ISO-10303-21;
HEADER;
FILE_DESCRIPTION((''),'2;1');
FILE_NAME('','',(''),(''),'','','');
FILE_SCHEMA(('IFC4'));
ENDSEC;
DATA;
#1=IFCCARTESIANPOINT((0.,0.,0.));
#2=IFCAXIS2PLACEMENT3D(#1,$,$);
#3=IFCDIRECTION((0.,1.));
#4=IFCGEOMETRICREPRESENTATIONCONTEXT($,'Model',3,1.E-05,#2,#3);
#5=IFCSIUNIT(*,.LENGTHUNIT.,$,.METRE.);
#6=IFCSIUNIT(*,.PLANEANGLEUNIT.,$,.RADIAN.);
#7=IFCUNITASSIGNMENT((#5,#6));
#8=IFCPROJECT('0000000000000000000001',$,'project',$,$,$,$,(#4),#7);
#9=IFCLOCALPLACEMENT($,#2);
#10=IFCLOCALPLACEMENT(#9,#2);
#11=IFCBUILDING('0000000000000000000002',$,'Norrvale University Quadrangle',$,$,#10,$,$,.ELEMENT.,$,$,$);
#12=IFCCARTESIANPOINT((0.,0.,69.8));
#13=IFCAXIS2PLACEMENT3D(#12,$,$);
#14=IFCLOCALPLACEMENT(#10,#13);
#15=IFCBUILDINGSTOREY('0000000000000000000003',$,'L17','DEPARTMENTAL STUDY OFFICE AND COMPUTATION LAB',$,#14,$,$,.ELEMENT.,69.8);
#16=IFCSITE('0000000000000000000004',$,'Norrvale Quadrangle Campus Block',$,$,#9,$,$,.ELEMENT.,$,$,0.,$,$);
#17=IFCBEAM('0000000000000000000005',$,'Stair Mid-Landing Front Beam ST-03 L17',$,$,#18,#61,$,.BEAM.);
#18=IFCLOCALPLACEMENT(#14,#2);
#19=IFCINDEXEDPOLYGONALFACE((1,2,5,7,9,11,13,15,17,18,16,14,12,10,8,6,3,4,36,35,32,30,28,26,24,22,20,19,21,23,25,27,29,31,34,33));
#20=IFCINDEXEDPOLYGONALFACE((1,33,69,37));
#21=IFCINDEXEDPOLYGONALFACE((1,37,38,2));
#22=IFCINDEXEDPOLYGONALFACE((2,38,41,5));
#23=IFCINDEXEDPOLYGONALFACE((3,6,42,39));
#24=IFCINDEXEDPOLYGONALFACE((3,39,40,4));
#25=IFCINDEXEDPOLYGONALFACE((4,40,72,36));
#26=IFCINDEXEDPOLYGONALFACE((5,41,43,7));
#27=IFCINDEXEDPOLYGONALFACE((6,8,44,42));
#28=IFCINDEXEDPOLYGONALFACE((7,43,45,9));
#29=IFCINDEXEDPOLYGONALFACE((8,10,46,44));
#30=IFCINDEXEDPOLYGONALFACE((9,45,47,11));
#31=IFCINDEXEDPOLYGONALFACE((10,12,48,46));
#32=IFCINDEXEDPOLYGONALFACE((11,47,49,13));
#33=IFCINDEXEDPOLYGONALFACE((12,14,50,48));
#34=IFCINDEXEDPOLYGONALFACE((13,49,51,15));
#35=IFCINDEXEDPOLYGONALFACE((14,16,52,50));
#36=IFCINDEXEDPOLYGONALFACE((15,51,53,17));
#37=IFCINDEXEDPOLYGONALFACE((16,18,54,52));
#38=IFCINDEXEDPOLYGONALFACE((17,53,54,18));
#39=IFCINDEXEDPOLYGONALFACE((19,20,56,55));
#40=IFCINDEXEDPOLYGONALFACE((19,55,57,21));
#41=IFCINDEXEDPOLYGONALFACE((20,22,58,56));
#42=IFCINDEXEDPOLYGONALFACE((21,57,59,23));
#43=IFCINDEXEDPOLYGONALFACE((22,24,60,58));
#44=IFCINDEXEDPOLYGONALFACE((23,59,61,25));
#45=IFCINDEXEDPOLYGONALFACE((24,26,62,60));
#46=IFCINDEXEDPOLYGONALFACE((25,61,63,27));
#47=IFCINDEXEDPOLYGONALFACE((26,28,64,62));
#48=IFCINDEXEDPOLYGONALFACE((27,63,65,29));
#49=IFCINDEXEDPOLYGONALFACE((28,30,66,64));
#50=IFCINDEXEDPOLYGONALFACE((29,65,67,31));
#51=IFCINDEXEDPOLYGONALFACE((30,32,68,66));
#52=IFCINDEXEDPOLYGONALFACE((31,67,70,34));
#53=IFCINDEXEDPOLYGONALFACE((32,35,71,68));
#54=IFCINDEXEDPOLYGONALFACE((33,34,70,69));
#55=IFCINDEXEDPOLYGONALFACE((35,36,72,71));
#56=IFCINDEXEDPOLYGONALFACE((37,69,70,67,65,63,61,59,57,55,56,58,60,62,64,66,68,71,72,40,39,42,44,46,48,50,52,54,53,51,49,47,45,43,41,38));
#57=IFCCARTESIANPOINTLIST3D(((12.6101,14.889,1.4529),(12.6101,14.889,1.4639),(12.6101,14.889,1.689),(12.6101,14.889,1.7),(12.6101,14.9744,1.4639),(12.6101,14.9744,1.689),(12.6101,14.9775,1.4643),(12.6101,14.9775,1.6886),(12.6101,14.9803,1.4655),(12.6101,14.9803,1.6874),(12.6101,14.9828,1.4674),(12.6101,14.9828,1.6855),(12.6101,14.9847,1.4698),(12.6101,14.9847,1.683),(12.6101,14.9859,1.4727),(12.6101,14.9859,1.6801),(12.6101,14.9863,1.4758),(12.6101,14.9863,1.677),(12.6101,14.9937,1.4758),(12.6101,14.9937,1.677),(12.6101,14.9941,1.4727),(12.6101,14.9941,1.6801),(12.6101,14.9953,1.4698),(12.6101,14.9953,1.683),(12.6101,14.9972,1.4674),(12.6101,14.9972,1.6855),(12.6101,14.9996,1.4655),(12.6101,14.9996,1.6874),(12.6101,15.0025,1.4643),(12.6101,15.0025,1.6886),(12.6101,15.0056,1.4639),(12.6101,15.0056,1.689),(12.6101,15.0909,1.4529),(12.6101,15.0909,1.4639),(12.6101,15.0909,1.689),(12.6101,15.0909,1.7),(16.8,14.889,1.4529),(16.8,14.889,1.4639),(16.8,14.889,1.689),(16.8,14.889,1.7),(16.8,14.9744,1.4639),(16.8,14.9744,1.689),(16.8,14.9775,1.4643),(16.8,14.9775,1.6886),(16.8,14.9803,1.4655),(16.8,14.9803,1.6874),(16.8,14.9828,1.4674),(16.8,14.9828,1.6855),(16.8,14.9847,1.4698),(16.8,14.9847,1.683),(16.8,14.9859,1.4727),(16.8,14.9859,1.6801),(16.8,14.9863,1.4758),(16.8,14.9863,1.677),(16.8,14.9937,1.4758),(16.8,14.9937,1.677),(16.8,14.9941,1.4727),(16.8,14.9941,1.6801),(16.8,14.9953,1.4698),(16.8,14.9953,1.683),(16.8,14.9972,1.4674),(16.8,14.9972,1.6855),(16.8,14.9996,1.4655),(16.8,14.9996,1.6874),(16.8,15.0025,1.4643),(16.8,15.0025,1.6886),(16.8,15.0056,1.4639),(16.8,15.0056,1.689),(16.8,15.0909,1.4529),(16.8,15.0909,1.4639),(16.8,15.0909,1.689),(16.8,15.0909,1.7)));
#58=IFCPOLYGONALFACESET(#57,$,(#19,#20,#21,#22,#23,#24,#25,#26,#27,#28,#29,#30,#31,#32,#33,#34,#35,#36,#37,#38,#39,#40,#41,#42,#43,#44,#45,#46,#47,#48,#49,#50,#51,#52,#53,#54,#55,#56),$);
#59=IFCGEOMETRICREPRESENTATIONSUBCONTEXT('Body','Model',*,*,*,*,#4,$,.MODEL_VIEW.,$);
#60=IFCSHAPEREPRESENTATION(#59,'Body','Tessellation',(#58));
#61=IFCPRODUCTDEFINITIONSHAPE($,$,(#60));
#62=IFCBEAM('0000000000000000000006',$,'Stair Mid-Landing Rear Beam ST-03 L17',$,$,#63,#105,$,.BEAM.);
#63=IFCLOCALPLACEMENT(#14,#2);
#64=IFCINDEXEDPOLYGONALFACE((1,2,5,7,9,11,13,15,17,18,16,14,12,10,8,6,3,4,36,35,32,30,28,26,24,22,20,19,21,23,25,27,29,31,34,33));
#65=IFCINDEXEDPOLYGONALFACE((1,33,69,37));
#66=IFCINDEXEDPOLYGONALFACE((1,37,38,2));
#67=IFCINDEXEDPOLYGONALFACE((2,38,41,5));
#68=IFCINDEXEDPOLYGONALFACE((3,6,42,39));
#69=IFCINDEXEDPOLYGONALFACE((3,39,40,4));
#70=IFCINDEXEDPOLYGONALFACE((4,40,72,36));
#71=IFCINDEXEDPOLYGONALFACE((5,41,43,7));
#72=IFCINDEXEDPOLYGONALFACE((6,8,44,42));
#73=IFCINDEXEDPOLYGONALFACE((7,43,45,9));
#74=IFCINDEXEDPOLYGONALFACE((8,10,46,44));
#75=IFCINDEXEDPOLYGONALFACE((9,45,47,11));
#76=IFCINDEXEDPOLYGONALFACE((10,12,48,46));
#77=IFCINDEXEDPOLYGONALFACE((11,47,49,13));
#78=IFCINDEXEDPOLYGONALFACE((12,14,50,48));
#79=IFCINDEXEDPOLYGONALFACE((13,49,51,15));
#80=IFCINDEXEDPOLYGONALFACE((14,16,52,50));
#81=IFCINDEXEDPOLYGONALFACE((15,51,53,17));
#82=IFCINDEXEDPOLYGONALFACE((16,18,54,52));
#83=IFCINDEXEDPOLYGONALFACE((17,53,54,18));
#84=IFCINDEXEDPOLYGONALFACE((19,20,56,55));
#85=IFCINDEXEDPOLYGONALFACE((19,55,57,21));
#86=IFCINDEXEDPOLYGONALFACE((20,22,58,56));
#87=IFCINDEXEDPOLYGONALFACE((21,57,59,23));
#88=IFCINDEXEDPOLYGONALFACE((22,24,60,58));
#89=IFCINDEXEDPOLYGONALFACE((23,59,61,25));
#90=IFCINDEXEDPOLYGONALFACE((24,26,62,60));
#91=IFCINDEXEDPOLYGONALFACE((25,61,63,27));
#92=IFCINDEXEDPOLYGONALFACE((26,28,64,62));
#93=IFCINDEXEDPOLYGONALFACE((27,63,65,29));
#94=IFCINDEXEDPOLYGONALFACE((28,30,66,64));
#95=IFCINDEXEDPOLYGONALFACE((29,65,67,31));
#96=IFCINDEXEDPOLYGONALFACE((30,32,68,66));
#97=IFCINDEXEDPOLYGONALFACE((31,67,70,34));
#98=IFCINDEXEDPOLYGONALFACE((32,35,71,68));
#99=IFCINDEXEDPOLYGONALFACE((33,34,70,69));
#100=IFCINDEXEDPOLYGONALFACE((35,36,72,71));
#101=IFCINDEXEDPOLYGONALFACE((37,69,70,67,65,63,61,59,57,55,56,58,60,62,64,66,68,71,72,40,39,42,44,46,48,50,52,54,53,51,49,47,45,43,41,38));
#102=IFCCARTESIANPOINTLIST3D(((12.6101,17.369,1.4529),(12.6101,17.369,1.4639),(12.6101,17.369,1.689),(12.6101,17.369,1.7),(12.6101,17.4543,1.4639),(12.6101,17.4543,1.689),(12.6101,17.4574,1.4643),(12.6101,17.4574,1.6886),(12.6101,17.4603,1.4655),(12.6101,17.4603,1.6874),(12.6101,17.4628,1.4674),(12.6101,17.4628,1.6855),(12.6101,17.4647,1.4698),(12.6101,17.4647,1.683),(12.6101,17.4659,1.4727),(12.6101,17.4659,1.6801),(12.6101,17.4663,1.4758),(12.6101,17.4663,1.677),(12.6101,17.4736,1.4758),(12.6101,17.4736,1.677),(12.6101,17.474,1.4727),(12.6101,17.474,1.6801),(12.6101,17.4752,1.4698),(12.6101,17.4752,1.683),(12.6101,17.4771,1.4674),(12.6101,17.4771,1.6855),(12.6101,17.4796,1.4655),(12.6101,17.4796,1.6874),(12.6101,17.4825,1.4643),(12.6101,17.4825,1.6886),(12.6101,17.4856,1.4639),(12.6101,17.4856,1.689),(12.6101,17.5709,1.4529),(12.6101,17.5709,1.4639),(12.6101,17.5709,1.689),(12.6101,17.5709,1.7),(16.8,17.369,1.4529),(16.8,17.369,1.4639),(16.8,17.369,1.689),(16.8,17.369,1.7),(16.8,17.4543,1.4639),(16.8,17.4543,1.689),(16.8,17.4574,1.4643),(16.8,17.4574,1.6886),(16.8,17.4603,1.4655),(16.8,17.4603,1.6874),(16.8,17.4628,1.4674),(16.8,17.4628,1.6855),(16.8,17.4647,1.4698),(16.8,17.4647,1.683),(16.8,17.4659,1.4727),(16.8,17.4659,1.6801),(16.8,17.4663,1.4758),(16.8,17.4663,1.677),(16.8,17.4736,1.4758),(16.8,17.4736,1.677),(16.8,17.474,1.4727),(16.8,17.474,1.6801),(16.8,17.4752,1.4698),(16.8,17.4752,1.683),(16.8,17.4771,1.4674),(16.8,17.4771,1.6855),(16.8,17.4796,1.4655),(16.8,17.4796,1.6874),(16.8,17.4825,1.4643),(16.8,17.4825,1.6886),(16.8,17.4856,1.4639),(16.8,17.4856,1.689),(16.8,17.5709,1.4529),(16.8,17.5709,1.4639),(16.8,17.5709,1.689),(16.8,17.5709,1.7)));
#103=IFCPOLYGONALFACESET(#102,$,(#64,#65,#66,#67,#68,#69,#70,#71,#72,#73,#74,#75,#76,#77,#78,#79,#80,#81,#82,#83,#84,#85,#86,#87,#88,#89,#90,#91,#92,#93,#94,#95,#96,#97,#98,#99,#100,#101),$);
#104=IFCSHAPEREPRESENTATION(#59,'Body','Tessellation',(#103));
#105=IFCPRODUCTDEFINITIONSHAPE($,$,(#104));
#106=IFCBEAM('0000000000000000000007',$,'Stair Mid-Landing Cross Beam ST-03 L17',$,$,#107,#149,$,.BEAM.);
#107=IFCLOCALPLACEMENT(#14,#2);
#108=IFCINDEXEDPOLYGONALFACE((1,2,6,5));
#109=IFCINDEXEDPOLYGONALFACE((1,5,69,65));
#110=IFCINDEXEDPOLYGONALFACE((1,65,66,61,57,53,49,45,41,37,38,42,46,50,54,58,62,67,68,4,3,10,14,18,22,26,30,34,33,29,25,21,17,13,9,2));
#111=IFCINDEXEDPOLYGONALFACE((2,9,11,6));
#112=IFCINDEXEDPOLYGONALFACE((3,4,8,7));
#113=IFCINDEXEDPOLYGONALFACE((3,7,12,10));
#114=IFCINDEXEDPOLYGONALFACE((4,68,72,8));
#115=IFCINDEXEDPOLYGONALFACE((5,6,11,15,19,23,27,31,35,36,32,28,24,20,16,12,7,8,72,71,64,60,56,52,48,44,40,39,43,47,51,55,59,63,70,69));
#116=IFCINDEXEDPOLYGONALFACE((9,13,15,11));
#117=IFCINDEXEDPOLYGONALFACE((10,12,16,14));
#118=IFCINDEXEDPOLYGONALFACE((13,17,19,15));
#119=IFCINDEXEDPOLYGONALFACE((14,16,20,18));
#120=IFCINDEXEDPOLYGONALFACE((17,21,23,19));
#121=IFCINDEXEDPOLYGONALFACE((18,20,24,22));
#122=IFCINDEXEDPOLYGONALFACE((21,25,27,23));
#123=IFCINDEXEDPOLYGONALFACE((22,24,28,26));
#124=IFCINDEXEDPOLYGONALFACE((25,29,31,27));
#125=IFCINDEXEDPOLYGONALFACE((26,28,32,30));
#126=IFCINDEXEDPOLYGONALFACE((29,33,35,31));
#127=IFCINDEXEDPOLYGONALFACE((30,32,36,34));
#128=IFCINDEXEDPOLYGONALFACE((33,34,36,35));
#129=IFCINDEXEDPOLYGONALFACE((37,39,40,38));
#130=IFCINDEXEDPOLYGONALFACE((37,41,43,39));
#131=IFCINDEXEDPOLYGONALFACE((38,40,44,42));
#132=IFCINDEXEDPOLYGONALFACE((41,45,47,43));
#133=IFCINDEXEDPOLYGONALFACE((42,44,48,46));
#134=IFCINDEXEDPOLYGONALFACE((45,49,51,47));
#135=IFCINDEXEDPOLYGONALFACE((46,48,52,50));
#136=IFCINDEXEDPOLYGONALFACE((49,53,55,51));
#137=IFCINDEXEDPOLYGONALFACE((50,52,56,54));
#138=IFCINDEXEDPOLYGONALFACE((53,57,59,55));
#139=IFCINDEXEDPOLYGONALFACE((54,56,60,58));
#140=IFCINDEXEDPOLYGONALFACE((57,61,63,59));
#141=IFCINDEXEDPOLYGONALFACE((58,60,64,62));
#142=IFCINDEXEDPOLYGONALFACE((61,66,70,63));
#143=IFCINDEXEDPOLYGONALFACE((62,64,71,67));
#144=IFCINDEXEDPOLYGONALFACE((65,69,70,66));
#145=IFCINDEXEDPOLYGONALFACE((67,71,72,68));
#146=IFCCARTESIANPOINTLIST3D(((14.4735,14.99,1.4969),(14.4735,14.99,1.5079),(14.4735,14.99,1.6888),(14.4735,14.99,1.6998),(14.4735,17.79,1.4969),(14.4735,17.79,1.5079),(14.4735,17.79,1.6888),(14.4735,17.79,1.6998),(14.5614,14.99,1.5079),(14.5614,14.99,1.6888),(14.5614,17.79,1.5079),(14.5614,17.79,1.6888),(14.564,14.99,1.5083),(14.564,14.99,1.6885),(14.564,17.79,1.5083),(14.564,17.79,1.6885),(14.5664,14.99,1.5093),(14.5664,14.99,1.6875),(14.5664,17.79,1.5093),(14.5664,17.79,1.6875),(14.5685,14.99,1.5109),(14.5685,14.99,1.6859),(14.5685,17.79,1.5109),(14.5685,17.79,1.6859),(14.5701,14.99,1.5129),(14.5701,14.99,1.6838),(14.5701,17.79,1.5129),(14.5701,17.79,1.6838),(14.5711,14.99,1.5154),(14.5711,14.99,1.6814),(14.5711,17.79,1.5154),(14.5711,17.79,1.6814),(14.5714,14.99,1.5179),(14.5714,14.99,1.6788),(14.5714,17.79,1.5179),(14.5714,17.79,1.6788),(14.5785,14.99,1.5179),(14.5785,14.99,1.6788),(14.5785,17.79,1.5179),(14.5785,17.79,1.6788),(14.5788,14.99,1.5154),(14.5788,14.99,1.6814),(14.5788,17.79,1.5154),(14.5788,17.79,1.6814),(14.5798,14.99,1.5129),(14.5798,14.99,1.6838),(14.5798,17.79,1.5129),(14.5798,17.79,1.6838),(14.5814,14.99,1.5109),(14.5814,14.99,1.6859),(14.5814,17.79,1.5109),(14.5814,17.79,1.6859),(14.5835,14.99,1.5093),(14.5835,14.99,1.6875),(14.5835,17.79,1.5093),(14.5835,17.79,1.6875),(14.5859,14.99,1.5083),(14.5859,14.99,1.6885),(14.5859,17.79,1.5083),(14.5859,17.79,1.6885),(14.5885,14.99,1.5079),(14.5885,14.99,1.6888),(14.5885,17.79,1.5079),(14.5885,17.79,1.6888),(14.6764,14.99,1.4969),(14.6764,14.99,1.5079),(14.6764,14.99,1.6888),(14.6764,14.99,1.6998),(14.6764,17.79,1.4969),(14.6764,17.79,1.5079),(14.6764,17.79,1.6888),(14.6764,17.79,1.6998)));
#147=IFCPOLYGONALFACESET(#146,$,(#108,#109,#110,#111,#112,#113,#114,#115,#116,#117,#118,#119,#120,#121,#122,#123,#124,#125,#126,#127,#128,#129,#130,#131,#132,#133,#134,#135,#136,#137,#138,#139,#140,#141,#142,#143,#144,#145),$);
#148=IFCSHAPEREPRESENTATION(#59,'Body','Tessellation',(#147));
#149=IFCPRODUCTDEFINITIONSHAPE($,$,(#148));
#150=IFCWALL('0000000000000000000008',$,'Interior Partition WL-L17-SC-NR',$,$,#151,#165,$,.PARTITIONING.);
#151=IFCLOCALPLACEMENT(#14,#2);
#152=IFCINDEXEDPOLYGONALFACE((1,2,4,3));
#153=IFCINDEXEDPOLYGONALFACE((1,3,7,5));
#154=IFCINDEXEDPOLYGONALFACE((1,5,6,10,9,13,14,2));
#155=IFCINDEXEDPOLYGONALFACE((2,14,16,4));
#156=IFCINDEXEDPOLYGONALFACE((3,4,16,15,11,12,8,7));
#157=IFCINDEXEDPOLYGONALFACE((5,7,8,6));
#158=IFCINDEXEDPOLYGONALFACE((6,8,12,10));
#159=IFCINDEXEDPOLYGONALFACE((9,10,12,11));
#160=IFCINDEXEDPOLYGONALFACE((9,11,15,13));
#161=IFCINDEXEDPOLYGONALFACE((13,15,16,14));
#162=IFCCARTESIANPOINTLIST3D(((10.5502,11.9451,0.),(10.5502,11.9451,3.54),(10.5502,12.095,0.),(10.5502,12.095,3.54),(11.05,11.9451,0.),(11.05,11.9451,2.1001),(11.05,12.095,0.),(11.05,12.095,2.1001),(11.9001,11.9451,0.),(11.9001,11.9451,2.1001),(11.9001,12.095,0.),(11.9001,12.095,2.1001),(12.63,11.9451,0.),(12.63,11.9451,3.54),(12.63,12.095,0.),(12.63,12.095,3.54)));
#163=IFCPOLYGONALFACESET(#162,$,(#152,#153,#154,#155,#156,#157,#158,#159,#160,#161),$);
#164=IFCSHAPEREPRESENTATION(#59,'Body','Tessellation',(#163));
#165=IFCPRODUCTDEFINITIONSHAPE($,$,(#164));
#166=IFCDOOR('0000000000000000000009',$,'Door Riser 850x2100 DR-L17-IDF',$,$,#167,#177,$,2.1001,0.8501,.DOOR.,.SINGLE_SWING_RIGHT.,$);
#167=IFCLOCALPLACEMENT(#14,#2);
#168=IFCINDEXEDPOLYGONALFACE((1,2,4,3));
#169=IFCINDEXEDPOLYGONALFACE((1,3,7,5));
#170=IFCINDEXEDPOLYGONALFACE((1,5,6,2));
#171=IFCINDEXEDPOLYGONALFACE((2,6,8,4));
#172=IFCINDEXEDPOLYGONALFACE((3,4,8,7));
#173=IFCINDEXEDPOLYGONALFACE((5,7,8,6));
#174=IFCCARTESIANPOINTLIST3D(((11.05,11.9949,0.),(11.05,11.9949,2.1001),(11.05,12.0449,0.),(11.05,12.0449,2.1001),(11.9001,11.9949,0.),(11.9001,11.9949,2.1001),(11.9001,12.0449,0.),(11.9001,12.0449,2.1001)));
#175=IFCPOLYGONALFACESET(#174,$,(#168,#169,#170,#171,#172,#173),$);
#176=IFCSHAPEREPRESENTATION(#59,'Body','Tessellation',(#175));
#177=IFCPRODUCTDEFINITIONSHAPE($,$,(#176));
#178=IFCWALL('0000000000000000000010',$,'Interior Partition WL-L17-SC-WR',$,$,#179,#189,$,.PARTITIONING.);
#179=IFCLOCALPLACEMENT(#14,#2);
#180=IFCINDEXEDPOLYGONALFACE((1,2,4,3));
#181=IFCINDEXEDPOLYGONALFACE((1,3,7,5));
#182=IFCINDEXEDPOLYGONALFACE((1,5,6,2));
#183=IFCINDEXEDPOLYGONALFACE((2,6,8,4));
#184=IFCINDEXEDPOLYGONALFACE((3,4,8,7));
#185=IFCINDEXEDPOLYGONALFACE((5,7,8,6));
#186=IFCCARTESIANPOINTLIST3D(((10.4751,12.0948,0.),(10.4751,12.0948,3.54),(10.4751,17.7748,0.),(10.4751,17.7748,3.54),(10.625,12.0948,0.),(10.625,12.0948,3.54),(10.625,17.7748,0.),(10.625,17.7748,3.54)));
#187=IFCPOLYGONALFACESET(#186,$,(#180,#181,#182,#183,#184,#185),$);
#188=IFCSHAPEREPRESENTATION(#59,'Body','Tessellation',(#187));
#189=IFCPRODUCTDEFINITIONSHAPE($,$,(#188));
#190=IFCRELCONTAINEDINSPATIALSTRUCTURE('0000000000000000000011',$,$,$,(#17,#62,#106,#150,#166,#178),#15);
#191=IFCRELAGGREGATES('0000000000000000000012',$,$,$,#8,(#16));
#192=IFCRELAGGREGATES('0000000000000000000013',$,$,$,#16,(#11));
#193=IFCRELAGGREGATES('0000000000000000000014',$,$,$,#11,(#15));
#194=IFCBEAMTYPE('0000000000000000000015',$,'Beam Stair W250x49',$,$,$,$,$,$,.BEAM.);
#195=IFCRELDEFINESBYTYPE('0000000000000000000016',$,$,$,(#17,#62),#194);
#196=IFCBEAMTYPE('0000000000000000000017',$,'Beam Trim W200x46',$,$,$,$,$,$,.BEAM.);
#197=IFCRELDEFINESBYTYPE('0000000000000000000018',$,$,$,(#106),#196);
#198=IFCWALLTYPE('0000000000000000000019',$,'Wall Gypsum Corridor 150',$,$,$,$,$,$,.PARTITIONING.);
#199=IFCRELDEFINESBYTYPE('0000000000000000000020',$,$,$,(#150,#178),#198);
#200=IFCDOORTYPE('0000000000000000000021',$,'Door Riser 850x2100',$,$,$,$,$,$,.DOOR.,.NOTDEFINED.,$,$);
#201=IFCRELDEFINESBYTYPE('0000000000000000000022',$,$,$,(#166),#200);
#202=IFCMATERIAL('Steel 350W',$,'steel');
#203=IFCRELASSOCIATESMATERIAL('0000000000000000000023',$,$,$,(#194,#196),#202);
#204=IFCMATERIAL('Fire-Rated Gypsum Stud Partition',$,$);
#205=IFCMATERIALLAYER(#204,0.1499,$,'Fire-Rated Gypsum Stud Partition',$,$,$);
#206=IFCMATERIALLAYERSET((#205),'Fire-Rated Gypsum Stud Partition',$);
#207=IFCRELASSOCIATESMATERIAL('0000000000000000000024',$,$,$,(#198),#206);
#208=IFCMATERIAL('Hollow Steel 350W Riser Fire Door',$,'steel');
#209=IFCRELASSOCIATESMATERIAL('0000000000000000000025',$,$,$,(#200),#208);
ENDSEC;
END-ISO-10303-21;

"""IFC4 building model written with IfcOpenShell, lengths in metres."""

from ifc_helpers import new_model, si_unit, direction, frame, frame_2d, origin, origin_2d, place, context, subcontext, project, spatial, rectangle, i_section, extrude, material, layer, layer_set, material_profile, profile_set, type_object, element, fill, save


model = new_model("IFC4")

# Units and contexts
model_context = context("Model", 3, precision=1e-05, world=origin(), true_north=direction((0.0, 1.0)))
body_context = subcontext(model_context, "Body", "Model", "MODEL_VIEW")
ifc_project = project(units=[si_unit("LENGTHUNIT", "METRE"), si_unit("PLANEANGLEUNIT", "RADIAN")], contexts=[model_context])

# Site, building, storey
site_placement = place(None, origin())
site = spatial("IfcSite", under=ifc_project, at=site_placement, Name="Norrvale Quadrangle Campus Block", CompositionType="ELEMENT", RefElevation=0.0)
building_placement = place(site_placement, origin())
building = spatial("IfcBuilding", under=site, at=building_placement, Name="Norrvale University Quadrangle", CompositionType="ELEMENT")
storey_placement = place(building_placement, frame((0.0, 0.0, 69.8)))
storey = spatial("IfcBuildingStorey", under=building, at=storey_placement, Name="L17", Description="DEPARTMENTAL STUDY OFFICE AND COMPUTATION LAB", CompositionType="ELEMENT", Elevation=69.8)

# Beams
ifc_material_1 = material(Name="Steel 350W", Category="steel")
ifc_material_profile_1 = material_profile(ifc_material_1, i_section(OverallWidth=0.2019, OverallDepth=0.2471, WebThickness=0.0073, FlangeThickness=0.011, FilletRadius=0.012, at=origin_2d()), Name="Steel 350W")
ifc_profile_set_1 = profile_set([ifc_material_profile_1], Name="Steel 350W")
beam_type_1 = type_object("IfcBeamType", Name="Beam Stair W250x49", PredefinedType="BEAM", material=ifc_profile_set_1)
for number, where, z_axis, x_axis, name in (
    (1, (12.6101, 14.99, 1.5764), (1.0, 0.0, 0.0), (0.0, 1.0, 0.0), "Stair Mid-Landing Front Beam ST-03 L17"),
    (2, (12.6101, 17.47, 1.5764), (1.0, 0.0, 0.0), (0.0, 1.0, 0.0), "Stair Mid-Landing Rear Beam ST-03 L17"),
):
    element("IfcBeam", number, at=place(storey_placement, frame(where, z_axis=z_axis, x_axis=x_axis)), inside=storey, type_object=beam_type_1, Name=name, PredefinedType="BEAM", context=body_context, shape_type="SweptSolid", body=[
        extrude(i_section(OverallWidth=0.2019, OverallDepth=0.2471, WebThickness=0.0073, FlangeThickness=0.011, FilletRadius=0.012, at=origin_2d()), origin(), (0.0, 0.0, 1.0), 4.1899),
    ])
ifc_material_profile_2 = material_profile(ifc_material_1, i_section(OverallWidth=0.2029, OverallDepth=0.2029, WebThickness=0.0071, FlangeThickness=0.011, FilletRadius=0.01, at=origin_2d()), Name="Steel 350W")
ifc_profile_set_2 = profile_set([ifc_material_profile_2], Name="Steel 350W")
beam_type_2 = type_object("IfcBeamType", Name="Beam Trim W200x46", PredefinedType="BEAM", material=ifc_profile_set_2)
beam_placement = place(storey_placement, frame((14.575, 14.99, 1.5984), z_axis=(0.0, 1.0, 0.0), x_axis=(-1.0, 0.0, 0.0)))
element("IfcBeam", 3, at=beam_placement, inside=storey, type_object=beam_type_2, Name="Stair Mid-Landing Cross Beam ST-03 L17", PredefinedType="BEAM", context=body_context, shape_type="SweptSolid", body=[
    extrude(i_section(OverallWidth=0.2029, OverallDepth=0.2029, WebThickness=0.0071, FlangeThickness=0.011, FilletRadius=0.01, at=origin_2d()), origin(), (0.0, 0.0, 1.0), 2.8),
])

# Wall, opening, door
ifc_material_2 = material(Name="Fire-Rated Gypsum Stud Partition")
ifc_layer_1 = layer(ifc_material_2, 0.1499, Name="Fire-Rated Gypsum Stud Partition")
ifc_layer_set_1 = layer_set([ifc_layer_1], Name="Fire-Rated Gypsum Stud Partition")
wall_type_1 = type_object("IfcWallType", Name="Wall Gypsum Corridor 150", PredefinedType="PARTITIONING", material=ifc_layer_set_1)
wall_1_placement = place(storey_placement, frame((10.55, 12.02, 0.0), z_axis=(0.0, 0.0, 1.0), x_axis=(1.0, 0.0, 0.0)))
wall_1 = element("IfcWall", 4, at=wall_1_placement, inside=storey, type_object=wall_type_1, Name="Interior Partition WL-L17-SC-NR", PredefinedType="PARTITIONING", context=body_context, shape_type="SweptSolid", body=[
    extrude(rectangle(XDim=2.0798, YDim=0.1499, at=frame_2d((1.04, 0.0))), origin(), (0.0, 0.0, 1.0), 3.54),
])
opening_1_placement = place(wall_1_placement, frame((0.5, 0.0, 0.0)))
opening_1 = element("IfcOpeningElement", 5, at=opening_1_placement, cuts=wall_1, PredefinedType="OPENING", context=body_context, shape_type="SweptSolid", body=[
    extrude(rectangle(XDim=0.8501, YDim=2.1001, at=frame_2d((0.425, 1.05))), frame((0.0, 0.0869, 0.0), z_axis=(0.0, -1.0, 0.0), x_axis=(1.0, 0.0, 0.0)), (0.0, 0.0, 1.0), 0.1738),
])
ifc_material_3 = material(Name="Hollow Steel 350W Riser Fire Door", Category="steel")
door_type_1 = type_object("IfcDoorType", Name="Door Riser 850x2100", OperationType="NOTDEFINED", PredefinedType="DOOR", material=ifc_material_3)
door_1_placement = place(opening_1_placement, origin())
door_1 = element("IfcDoor", 6, at=door_1_placement, inside=storey, type_object=door_type_1, Name="Door Riser 850x2100 DR-L17-IDF", OperationType="SINGLE_SWING_RIGHT", OverallHeight=2.1001, OverallWidth=0.8501, PredefinedType="DOOR", context=body_context, shape_type="SweptSolid", body=[
    extrude(rectangle(XDim=0.8501, YDim=2.1001, at=frame_2d((0.425, 1.05))), frame((0.0, 0.0249, 0.0), z_axis=(0.0, -1.0, 0.0), x_axis=(1.0, 0.0, 0.0)), (0.0, 0.0, 1.0), 0.05),
])
fill(opening_1, door_1)

# Wall
wall_2_placement = place(storey_placement, frame((10.55, 12.095, 0.0), z_axis=(0.0, 0.0, 1.0), x_axis=(0.0, 1.0, 0.0)))
element("IfcWall", 7, at=wall_2_placement, inside=storey, type_object=wall_type_1, Name="Interior Partition WL-L17-SC-WR", PredefinedType="PARTITIONING", context=body_context, shape_type="SweptSolid", body=[
    extrude(rectangle(XDim=5.6799, YDim=0.1499, at=frame_2d((2.8398, 0.0))), origin(), (0.0, 0.0, 1.0), 3.54),
])

save(model, "model.ifc")
